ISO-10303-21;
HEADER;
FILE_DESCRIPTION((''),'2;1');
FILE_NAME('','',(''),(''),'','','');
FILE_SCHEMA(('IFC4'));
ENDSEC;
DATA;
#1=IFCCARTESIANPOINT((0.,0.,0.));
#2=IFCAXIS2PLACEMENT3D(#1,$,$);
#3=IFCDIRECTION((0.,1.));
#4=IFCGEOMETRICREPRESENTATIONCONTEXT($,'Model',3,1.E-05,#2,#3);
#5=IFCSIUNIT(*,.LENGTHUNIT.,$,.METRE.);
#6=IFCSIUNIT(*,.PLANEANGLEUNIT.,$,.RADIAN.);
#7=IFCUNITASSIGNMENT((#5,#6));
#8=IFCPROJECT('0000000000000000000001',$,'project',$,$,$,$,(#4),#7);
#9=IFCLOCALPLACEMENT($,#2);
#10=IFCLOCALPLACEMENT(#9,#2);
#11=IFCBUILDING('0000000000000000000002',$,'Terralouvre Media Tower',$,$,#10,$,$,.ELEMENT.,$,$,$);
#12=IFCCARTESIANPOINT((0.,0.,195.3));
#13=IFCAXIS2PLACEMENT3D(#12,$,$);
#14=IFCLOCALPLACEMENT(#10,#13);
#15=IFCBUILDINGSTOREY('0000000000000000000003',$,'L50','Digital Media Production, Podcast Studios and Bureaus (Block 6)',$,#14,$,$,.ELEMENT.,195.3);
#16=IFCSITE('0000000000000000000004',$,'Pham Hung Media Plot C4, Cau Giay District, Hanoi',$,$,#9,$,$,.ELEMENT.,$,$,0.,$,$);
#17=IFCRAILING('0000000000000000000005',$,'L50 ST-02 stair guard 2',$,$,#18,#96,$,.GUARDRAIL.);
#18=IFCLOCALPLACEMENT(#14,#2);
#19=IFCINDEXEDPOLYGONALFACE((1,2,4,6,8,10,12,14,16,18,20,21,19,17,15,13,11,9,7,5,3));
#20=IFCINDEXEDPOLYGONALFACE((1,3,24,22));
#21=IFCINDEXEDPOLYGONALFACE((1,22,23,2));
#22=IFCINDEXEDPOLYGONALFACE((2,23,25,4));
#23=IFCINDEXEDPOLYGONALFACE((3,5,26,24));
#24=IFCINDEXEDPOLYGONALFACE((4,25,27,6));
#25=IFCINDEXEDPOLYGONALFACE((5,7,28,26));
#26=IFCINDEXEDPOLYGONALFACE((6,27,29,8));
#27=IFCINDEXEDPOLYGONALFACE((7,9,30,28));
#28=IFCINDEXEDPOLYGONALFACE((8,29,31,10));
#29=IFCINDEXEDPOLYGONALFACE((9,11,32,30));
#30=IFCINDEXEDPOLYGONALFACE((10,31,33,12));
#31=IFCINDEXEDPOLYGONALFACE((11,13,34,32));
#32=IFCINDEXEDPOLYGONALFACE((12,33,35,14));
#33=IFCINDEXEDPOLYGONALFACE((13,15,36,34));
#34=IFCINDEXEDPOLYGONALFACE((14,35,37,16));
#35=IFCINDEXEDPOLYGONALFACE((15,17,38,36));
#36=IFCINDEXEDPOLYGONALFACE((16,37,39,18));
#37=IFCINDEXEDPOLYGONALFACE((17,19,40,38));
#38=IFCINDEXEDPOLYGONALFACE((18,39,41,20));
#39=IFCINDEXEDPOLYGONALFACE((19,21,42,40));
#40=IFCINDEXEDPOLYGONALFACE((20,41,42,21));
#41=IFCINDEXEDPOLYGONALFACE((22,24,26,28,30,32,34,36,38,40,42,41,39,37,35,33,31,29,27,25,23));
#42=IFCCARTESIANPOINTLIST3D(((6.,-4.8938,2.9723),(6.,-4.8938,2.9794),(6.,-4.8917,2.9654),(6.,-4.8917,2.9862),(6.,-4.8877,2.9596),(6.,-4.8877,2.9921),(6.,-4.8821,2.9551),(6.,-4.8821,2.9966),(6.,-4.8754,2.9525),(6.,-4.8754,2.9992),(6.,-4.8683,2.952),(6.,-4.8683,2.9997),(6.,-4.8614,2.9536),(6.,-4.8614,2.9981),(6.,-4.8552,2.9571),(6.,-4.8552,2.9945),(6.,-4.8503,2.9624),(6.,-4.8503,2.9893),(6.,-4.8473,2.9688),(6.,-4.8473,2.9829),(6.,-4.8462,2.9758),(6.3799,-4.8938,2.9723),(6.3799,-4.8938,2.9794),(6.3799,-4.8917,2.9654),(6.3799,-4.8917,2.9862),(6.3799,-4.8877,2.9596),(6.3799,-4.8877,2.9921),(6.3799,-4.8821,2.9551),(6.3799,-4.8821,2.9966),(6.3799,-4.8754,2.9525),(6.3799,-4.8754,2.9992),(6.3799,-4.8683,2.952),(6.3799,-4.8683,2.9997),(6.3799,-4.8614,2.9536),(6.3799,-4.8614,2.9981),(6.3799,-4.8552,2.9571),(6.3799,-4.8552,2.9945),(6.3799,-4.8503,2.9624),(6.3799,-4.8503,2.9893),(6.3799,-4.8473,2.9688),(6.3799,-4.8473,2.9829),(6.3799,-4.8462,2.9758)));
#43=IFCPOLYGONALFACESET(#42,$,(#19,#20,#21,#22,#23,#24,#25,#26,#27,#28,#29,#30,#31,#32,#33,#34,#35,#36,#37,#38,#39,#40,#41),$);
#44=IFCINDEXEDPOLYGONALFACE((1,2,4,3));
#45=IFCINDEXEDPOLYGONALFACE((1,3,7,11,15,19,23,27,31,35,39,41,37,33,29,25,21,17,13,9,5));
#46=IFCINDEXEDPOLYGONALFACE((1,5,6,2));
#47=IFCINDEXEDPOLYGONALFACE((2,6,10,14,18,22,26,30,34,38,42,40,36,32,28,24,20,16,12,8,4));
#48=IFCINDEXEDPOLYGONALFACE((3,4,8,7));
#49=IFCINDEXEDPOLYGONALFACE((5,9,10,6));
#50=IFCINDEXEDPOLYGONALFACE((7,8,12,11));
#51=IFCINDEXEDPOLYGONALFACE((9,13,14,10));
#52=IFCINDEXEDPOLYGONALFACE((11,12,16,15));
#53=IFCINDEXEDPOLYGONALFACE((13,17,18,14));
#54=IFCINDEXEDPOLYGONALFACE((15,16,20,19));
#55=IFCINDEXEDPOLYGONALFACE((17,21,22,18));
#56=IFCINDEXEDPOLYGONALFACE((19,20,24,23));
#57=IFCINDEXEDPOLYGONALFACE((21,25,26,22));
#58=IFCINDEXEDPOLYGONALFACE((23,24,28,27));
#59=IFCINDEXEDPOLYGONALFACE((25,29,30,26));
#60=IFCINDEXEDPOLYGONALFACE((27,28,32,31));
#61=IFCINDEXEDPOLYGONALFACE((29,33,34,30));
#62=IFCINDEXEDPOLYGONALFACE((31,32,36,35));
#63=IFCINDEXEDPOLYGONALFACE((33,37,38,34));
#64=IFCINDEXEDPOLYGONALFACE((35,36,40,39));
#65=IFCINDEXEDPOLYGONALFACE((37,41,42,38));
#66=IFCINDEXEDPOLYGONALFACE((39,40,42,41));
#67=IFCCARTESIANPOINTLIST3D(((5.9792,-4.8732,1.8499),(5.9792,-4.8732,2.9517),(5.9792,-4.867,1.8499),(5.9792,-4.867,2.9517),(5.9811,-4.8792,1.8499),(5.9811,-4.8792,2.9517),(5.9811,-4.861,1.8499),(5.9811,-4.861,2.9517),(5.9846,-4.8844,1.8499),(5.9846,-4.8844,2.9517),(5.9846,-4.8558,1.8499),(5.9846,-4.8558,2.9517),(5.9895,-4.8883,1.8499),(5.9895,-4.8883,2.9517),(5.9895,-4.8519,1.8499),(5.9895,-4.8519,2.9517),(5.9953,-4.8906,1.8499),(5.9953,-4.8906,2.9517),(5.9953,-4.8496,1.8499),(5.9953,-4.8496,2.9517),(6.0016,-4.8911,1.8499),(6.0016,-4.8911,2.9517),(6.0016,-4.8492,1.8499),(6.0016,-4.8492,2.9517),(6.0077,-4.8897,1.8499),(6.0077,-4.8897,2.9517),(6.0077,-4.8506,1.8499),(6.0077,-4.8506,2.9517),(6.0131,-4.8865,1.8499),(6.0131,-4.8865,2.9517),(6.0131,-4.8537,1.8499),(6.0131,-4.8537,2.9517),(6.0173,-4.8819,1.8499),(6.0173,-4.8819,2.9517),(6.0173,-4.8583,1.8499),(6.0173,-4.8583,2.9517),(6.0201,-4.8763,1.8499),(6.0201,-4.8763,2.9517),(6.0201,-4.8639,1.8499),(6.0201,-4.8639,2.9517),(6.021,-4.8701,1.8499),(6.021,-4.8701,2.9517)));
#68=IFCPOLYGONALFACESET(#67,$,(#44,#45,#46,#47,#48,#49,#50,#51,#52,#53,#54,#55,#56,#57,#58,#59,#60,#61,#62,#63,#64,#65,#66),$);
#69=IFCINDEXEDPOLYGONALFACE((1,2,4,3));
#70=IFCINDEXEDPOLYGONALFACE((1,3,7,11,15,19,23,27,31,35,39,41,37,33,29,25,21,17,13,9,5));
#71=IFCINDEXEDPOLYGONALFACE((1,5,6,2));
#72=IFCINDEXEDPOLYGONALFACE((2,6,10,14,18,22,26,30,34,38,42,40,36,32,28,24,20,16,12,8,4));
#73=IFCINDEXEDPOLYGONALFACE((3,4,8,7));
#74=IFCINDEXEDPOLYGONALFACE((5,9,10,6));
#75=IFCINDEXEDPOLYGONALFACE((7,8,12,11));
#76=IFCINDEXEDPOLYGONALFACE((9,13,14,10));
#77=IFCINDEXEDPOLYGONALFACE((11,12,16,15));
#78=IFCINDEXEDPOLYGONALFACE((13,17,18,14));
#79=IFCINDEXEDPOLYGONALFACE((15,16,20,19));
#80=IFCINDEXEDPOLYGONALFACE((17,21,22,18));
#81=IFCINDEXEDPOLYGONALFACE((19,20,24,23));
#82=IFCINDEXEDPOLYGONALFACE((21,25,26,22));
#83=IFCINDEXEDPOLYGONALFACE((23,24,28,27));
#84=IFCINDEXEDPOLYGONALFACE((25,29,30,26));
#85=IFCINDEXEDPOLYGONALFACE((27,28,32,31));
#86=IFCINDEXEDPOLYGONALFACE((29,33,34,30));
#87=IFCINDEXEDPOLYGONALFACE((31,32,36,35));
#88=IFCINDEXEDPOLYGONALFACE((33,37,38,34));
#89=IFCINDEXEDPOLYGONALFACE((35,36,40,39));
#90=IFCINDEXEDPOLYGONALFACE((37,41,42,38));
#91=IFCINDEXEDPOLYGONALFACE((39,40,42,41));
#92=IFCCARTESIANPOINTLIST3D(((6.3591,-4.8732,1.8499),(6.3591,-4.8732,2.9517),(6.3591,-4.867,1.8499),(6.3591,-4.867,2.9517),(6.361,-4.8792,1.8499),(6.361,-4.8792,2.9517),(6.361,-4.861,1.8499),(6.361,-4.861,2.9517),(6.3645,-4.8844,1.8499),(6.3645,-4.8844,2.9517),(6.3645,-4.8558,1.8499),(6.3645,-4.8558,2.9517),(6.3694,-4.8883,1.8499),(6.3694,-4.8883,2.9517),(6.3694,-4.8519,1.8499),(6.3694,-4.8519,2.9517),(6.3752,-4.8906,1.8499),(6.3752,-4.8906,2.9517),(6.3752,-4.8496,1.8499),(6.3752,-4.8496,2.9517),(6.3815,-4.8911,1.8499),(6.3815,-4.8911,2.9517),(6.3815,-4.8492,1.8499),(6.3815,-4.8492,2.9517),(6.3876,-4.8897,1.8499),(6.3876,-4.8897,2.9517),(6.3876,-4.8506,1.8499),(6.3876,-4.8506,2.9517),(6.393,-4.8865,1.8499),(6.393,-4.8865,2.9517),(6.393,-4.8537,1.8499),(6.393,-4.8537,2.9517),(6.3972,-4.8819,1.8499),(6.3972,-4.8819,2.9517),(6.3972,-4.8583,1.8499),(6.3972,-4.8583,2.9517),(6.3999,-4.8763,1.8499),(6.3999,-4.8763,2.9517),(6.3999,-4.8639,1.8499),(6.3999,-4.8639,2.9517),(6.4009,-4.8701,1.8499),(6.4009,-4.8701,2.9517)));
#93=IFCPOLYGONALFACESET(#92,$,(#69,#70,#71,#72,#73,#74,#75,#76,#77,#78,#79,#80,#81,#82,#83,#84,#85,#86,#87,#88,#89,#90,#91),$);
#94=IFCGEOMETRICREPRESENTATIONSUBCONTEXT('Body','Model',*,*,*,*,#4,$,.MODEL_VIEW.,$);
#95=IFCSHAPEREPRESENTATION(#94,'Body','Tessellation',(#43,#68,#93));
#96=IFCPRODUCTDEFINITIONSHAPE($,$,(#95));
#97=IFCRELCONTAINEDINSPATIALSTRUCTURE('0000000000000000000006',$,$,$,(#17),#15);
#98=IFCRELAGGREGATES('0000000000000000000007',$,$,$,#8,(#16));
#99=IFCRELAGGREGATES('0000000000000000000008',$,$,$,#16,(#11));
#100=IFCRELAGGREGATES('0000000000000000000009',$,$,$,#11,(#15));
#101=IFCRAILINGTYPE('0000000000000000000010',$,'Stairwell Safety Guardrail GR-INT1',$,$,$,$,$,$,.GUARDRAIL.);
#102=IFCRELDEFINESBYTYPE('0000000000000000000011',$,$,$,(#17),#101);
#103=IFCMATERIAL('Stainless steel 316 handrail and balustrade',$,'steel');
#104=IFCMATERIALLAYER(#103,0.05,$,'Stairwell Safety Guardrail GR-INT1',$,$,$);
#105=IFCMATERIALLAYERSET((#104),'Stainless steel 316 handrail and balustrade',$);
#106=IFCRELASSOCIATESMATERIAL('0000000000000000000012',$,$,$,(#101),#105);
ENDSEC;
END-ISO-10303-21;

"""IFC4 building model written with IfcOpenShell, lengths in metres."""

from ifc_helpers import new_model, si_unit, direction, frame, origin, origin_2d, place, context, subcontext, project, spatial, circle, extrude, material, layer, layer_set, type_object, element, save


model = new_model("IFC4")

# Units and contexts
model_context = context("Model", 3, precision=1e-05, world=origin(), true_north=direction((0.0, 1.0)))
body_context = subcontext(model_context, "Body", "Model", "MODEL_VIEW")
ifc_project = project(units=[si_unit("LENGTHUNIT", "METRE"), si_unit("PLANEANGLEUNIT", "RADIAN")], contexts=[model_context])

# Site, building, storey
site_placement = place(None, origin())
site = spatial("IfcSite", under=ifc_project, at=site_placement, Name="Pham Hung Media Plot C4, Cau Giay District, Hanoi", CompositionType="ELEMENT", RefElevation=0.0)
building_placement = place(site_placement, origin())
building = spatial("IfcBuilding", under=site, at=building_placement, Name="Terralouvre Media Tower", CompositionType="ELEMENT")
storey_placement = place(building_placement, frame((0.0, 0.0, 195.3)))
storey = spatial("IfcBuildingStorey", under=building, at=storey_placement, Name="L50", Description="Digital Media Production, Podcast Studios and Bureaus (Block 6)", CompositionType="ELEMENT", Elevation=195.3)

# Railing
ifc_material_1 = material(Name="Stainless steel 316 handrail and balustrade", Category="steel")
ifc_layer_1 = layer(ifc_material_1, 0.05, Name="Stairwell Safety Guardrail GR-INT1")
ifc_layer_set_1 = layer_set([ifc_layer_1], Name="Stainless steel 316 handrail and balustrade")
railing_type_1 = type_object("IfcRailingType", Name="Stairwell Safety Guardrail GR-INT1", PredefinedType="GUARDRAIL", material=ifc_layer_set_1)
railing_1_placement = place(storey_placement, frame((6.0, -4.8701, 1.8499)))
element("IfcRailing", 1, at=railing_1_placement, inside=storey, type_object=railing_type_1, Name="L50 ST-02 stair guard 2", PredefinedType="GUARDRAIL", context=body_context, shape_type="SweptSolid", body=[
    extrude(circle(Radius=0.0239, at=origin_2d()), frame((0.0, 0.0, 1.126), z_axis=(1.0, 0.0, 0.0), x_axis=(0.0, 1.0, 0.0)), (0.0, 0.0, 1.0), 0.3799),
    extrude(circle(Radius=0.021, at=origin_2d()), origin(), (0.0, 0.0, 1.0), 1.1018),
    extrude(circle(Radius=0.021, at=origin_2d()), frame((0.3799, 0.0, 0.0)), (0.0, 0.0, 1.0), 1.1018),
])

save(model, "model.ifc")
